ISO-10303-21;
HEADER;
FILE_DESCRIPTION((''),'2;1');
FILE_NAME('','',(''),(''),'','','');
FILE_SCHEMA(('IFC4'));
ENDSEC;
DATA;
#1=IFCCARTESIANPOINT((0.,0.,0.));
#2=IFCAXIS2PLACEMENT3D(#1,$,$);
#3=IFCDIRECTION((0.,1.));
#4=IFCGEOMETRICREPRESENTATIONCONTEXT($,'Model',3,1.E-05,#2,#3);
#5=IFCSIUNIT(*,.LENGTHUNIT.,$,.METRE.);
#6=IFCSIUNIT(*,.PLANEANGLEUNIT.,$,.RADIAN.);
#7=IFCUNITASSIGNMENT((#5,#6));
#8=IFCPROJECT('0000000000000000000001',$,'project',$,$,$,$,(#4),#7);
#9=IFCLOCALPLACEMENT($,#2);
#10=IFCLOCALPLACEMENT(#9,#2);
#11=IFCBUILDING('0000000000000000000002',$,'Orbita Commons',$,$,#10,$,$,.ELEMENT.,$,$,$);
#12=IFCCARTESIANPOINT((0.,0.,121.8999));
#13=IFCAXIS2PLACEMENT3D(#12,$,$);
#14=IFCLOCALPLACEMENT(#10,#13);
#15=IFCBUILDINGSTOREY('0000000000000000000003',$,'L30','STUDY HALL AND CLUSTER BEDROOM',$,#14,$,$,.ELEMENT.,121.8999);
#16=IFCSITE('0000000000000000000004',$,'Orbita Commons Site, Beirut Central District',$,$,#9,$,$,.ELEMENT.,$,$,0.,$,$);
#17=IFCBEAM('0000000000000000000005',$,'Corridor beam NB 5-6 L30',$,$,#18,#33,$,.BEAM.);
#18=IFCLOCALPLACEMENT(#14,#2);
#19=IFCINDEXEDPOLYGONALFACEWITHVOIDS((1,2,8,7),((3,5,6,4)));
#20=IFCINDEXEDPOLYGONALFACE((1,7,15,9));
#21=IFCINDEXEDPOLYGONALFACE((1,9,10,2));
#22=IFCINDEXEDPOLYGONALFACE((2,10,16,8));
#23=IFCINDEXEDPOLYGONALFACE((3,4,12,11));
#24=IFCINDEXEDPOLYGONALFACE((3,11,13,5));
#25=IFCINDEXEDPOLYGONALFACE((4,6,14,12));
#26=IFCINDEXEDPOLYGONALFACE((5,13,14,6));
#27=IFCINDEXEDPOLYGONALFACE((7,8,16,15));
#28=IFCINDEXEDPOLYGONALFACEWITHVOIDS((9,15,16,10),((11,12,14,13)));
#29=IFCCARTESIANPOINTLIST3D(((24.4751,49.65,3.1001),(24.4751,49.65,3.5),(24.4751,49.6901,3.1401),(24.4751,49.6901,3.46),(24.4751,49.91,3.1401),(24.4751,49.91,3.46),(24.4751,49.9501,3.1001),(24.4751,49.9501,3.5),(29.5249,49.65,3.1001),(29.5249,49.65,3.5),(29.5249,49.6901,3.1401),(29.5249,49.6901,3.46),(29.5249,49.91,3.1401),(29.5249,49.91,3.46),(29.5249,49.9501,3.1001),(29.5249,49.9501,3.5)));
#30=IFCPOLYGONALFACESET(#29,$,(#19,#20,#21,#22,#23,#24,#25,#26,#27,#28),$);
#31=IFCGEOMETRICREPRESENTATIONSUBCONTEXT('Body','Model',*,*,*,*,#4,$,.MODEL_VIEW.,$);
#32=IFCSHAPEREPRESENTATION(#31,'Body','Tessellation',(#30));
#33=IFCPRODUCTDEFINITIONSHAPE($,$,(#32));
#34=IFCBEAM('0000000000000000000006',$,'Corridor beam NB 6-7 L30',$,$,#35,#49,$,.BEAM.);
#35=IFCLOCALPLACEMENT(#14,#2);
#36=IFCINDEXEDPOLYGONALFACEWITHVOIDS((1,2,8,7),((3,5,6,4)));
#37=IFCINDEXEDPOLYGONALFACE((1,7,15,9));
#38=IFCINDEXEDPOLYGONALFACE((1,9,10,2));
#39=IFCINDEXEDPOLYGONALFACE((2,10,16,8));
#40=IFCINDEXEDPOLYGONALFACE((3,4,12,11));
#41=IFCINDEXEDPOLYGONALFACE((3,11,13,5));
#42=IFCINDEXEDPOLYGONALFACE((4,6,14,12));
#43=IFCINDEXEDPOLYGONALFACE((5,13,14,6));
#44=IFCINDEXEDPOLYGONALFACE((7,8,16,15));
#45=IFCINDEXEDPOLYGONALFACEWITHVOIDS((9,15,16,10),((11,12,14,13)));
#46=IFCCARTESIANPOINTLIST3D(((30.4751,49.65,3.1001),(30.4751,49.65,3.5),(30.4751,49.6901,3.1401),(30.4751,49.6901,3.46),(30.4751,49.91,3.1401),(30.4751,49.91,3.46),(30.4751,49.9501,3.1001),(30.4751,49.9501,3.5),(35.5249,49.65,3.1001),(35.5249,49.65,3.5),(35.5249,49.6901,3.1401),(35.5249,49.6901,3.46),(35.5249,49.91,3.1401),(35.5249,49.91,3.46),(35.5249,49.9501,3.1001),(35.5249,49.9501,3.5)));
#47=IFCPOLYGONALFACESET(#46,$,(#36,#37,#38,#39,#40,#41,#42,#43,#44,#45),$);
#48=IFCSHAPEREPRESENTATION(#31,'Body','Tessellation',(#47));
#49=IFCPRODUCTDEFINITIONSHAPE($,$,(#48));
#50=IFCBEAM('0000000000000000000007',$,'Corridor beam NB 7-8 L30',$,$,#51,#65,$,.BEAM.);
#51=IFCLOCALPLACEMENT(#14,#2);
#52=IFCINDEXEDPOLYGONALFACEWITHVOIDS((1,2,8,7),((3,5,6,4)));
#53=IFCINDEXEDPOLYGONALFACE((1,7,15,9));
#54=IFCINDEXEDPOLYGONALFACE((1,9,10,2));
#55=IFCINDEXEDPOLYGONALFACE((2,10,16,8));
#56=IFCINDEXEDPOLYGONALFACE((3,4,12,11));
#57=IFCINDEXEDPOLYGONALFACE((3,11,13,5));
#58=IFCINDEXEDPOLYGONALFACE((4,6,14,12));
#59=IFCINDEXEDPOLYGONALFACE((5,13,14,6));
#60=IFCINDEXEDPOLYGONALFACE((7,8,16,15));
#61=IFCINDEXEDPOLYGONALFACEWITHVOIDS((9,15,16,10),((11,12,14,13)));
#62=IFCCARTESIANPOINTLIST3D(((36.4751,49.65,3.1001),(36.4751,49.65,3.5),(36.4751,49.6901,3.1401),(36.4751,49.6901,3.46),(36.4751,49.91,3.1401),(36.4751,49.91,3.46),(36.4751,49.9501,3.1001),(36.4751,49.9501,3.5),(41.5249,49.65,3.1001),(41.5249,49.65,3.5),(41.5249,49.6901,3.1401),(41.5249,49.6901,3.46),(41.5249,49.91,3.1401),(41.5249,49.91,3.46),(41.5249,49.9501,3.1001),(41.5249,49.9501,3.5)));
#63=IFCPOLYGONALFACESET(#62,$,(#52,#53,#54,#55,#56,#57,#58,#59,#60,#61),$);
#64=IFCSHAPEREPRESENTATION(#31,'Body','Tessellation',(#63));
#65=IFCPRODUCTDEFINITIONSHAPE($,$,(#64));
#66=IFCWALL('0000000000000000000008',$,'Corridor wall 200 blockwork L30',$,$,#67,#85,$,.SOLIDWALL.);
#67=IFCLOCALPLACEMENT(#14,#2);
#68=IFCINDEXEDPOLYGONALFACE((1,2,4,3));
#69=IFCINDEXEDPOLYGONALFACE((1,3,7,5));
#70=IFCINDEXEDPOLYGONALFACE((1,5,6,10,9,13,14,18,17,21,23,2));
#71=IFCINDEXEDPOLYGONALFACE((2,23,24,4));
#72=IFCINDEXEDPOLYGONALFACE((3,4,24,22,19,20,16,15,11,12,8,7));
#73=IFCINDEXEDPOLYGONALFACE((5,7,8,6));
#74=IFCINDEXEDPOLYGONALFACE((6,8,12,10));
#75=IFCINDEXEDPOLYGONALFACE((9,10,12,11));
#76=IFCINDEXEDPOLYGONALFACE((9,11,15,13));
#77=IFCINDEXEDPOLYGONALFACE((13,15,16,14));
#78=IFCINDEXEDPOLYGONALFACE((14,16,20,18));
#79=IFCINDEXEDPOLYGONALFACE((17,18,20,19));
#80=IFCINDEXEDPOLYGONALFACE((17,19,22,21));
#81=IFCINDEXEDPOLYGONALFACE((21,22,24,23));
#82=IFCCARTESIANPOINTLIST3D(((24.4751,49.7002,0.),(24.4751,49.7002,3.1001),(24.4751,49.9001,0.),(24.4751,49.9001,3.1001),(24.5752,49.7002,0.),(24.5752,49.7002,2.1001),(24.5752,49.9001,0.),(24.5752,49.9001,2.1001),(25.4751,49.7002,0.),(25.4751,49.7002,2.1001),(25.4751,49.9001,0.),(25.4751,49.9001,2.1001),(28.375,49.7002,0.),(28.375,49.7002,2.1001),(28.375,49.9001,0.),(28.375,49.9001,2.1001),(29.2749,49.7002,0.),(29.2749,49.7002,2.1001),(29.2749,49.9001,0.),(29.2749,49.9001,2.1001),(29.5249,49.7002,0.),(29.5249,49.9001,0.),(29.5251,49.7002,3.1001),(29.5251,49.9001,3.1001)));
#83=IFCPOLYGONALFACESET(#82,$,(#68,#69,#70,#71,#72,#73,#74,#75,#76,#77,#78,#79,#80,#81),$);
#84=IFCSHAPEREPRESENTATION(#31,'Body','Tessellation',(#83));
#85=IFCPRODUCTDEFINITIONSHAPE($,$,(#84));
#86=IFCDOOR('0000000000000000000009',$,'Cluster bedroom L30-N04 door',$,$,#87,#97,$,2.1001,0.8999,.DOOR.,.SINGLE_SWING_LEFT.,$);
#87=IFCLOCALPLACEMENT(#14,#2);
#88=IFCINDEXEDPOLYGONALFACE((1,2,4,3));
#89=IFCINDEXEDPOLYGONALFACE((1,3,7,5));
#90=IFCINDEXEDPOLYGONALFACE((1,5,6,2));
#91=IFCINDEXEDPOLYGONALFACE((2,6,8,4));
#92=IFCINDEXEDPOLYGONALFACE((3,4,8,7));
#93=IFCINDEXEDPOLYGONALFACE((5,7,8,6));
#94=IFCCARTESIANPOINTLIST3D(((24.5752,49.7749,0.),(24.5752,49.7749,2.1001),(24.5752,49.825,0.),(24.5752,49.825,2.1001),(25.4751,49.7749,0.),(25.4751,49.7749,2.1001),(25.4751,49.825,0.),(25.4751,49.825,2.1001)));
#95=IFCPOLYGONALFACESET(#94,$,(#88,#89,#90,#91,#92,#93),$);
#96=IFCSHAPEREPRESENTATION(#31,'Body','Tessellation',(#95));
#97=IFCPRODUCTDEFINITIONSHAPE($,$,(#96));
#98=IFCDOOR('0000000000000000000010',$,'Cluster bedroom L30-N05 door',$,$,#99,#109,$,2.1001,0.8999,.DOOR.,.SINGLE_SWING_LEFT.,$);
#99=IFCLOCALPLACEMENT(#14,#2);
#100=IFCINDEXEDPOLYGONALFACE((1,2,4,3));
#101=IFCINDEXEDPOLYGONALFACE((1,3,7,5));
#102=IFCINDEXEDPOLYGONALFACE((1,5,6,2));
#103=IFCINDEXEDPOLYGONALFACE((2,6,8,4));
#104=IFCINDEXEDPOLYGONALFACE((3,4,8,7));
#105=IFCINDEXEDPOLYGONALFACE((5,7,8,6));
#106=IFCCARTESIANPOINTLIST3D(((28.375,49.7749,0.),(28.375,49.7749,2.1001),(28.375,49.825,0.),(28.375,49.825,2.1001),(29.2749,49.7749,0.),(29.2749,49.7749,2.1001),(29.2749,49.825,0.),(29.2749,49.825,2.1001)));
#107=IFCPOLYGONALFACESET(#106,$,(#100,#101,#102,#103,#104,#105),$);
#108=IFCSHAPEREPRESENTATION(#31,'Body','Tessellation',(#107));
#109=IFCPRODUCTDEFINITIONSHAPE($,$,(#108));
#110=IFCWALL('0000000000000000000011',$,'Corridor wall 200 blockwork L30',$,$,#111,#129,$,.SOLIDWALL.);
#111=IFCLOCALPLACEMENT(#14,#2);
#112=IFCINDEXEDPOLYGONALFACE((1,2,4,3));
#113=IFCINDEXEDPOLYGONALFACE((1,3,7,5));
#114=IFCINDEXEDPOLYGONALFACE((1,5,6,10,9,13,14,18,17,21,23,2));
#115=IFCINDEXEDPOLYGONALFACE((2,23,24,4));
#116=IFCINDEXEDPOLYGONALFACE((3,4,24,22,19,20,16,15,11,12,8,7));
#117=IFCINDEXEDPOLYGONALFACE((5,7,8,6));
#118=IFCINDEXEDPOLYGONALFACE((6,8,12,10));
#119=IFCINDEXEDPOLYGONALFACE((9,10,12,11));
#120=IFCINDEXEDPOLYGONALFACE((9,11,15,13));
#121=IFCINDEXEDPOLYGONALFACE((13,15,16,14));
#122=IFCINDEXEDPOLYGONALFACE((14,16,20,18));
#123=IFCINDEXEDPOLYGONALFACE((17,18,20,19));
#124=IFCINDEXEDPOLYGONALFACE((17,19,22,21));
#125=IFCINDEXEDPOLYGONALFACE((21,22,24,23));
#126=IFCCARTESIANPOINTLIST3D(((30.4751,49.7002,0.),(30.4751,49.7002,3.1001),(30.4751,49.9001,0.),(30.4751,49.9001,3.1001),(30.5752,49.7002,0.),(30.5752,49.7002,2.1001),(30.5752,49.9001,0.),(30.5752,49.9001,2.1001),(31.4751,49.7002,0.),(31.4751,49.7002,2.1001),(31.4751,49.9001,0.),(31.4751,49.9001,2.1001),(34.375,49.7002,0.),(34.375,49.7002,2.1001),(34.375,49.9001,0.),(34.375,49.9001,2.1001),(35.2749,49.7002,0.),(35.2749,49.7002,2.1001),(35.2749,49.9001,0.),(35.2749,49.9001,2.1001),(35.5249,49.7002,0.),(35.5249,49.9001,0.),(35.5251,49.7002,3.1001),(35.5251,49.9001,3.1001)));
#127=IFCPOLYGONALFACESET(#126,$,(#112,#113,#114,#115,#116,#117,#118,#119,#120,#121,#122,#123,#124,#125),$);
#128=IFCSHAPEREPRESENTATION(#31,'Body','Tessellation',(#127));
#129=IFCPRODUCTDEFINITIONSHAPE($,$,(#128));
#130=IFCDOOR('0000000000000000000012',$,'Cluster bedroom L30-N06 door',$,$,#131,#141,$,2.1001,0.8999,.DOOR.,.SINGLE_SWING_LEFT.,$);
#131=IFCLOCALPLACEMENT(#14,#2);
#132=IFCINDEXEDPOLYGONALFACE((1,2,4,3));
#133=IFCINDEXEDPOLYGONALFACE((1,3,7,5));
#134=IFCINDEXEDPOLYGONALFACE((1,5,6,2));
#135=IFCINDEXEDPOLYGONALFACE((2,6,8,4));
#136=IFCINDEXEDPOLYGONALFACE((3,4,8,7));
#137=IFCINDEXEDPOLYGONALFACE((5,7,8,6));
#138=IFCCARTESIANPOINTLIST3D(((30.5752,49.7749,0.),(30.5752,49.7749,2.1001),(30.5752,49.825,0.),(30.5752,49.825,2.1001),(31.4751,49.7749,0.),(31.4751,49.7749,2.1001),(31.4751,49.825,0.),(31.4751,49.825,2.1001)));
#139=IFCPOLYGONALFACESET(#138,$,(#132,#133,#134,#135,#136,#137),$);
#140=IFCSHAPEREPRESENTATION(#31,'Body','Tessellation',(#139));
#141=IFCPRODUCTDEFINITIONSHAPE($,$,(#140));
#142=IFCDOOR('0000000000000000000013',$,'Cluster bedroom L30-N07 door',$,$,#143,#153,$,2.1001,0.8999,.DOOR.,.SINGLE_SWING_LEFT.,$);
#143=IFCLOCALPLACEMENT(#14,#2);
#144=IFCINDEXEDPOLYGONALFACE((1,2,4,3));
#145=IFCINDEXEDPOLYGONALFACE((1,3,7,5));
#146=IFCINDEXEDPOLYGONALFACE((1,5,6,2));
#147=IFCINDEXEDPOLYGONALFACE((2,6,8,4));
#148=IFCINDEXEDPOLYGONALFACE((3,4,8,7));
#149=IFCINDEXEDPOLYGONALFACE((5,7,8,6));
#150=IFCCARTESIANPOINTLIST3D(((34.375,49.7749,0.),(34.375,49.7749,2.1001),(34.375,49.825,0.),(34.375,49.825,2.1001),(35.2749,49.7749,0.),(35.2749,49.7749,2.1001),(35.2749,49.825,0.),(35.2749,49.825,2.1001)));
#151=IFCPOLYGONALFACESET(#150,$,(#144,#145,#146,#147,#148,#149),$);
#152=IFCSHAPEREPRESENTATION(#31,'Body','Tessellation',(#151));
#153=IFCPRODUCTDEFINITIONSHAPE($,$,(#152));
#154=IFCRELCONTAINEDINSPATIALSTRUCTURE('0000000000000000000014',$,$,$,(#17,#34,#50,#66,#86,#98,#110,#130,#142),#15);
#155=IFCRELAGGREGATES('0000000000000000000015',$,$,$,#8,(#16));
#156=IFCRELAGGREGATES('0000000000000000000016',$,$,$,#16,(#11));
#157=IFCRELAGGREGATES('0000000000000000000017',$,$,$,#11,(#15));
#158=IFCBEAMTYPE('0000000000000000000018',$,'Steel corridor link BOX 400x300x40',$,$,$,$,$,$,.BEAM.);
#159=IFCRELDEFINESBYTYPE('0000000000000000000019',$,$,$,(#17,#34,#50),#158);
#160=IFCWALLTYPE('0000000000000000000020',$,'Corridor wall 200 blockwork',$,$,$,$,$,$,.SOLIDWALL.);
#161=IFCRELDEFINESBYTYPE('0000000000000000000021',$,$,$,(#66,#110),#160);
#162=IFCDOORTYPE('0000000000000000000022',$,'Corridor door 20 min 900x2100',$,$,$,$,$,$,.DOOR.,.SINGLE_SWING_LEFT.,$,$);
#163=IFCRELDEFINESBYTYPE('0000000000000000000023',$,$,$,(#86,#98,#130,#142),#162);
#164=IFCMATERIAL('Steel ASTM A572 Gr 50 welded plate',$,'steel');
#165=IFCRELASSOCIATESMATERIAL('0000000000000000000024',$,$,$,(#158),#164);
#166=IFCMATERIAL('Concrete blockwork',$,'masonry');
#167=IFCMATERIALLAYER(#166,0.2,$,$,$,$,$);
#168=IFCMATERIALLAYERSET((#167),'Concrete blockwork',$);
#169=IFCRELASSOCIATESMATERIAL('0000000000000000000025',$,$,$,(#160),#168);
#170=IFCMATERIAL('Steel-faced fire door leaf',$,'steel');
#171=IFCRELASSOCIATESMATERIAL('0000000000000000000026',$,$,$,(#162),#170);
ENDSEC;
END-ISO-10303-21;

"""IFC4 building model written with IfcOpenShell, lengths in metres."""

from ifc_helpers import new_model, si_unit, direction, frame, frame_2d, origin, origin_2d, place, context, subcontext, project, spatial, polyline, rectangle, hollow_rectangle, outline, extrude, material, layer, layer_set, material_profile, profile_set, type_object, element, fill, save


model = new_model("IFC4")

# Units and contexts
model_context = context("Model", 3, precision=1e-05, world=origin(), true_north=direction((0.0, 1.0)))
body_context = subcontext(model_context, "Body", "Model", "MODEL_VIEW")
ifc_project = project(units=[si_unit("LENGTHUNIT", "METRE"), si_unit("PLANEANGLEUNIT", "RADIAN")], contexts=[model_context])

# Site, building, storey
site_placement = place(None, origin())
site = spatial("IfcSite", under=ifc_project, at=site_placement, Name="Orbita Commons Site, Beirut Central District", CompositionType="ELEMENT", RefElevation=0.0)
building_placement = place(site_placement, origin())
building = spatial("IfcBuilding", under=site, at=building_placement, Name="Orbita Commons", CompositionType="ELEMENT")
storey_placement = place(building_placement, frame((0.0, 0.0, 121.8999)))
storey = spatial("IfcBuildingStorey", under=building, at=storey_placement, Name="L30", Description="STUDY HALL AND CLUSTER BEDROOM", CompositionType="ELEMENT", Elevation=121.8999)

# Beams
ifc_material_1 = material(Name="Steel ASTM A572 Gr 50 welded plate", Category="steel")
ifc_material_profile = material_profile(ifc_material_1, hollow_rectangle(XDim=0.3, YDim=0.3999, WallThickness=0.04, at=origin_2d()), Name="BOX 400x300x40")
ifc_profile_set = profile_set([ifc_material_profile], Name="Steel ASTM A572 Gr 50 welded plate")
beam_type = type_object("IfcBeamType", Name="Steel corridor link BOX 400x300x40", PredefinedType="BEAM", material=ifc_profile_set)
for number, where, z_axis, x_axis, name in (
    (1, (24.4751, 49.8, 3.3), (1.0, 0.0, 0.0), (0.0, 1.0, 0.0), "Corridor beam NB 5-6 L30"),
    (2, (30.4751, 49.8, 3.3), (1.0, 0.0, 0.0), (0.0, 1.0, 0.0), "Corridor beam NB 6-7 L30"),
    (3, (36.4751, 49.8, 3.3), (1.0, 0.0, 0.0), (0.0, 1.0, 0.0), "Corridor beam NB 7-8 L30"),
):
    element("IfcBeam", number, at=place(storey_placement, frame(where, z_axis=z_axis, x_axis=x_axis)), inside=storey, type_object=beam_type, Name=name, PredefinedType="BEAM", context=body_context, shape_type="SweptSolid", body=[
        extrude(hollow_rectangle(XDim=0.3, YDim=0.3999, WallThickness=0.04, at=origin_2d()), origin(), (0.0, 0.0, 1.0), 5.0498),
    ])

# Walls, openings, doors
ifc_material_2 = material(Name="Concrete blockwork", Category="masonry")
ifc_layer_1 = layer(ifc_material_2, 0.2)
ifc_layer_set_1 = layer_set([ifc_layer_1], Name="Concrete blockwork")
wall_type_1 = type_object("IfcWallType", Name="Corridor wall 200 blockwork", PredefinedType="SOLIDWALL", material=ifc_layer_set_1)
wall_1_placement = place(storey_placement, frame((24.4751, 49.8, 0.0), z_axis=(0.0, 0.0, 1.0), x_axis=(1.0, 0.0, 0.0)))
wall_1 = element("IfcWall", 4, at=wall_1_placement, inside=storey, type_object=wall_type_1, Name="Corridor wall 200 blockwork L30", PredefinedType="SOLIDWALL", context=body_context, shape_type="SweptSolid", body=[
    extrude(outline(polyline([(0.0, 0.0), (5.0498, 0.0), (5.05, 3.1001), (0.0, 3.1001), (0.0, 0.0)])), frame((0.0, 0.1001, 0.0), z_axis=(0.0, -1.0, 0.0), x_axis=(1.0, 0.0, 0.0)), (0.0, 0.0, 1.0), 0.2),
])
opening_1_placement = place(wall_1_placement, frame((0.1001, 0.0, 0.0)))
opening_1 = element("IfcOpeningElement", 5, at=opening_1_placement, cuts=wall_1, PredefinedType="OPENING", context=body_context, shape_type="SweptSolid", body=[
    extrude(rectangle(XDim=0.8999, YDim=2.1001, at=frame_2d((0.45, 1.05))), frame((0.0, 0.1099, 0.0), z_axis=(0.0, -1.0, 0.0), x_axis=(1.0, 0.0, 0.0)), (0.0, 0.0, 1.0), 0.22),
])
opening_2_placement = place(wall_1_placement, frame((3.8999, 0.0, 0.0)))
opening_2 = element("IfcOpeningElement", 6, at=opening_2_placement, cuts=wall_1, PredefinedType="OPENING", context=body_context, shape_type="SweptSolid", body=[
    extrude(rectangle(XDim=0.8999, YDim=2.1001, at=frame_2d((0.45, 1.05))), frame((0.0, 0.1099, 0.0), z_axis=(0.0, -1.0, 0.0), x_axis=(1.0, 0.0, 0.0)), (0.0, 0.0, 1.0), 0.22),
])
ifc_material_3 = material(Name="Steel-faced fire door leaf", Category="steel")
door_type_1 = type_object("IfcDoorType", Name="Corridor door 20 min 900x2100", OperationType="SINGLE_SWING_LEFT", PredefinedType="DOOR", material=ifc_material_3)
door_1_placement = place(opening_1_placement, origin())
door_1 = element("IfcDoor", 7, at=door_1_placement, inside=storey, type_object=door_type_1, Name="Cluster bedroom L30-N04 door", OperationType="SINGLE_SWING_LEFT", OverallHeight=2.1001, OverallWidth=0.8999, PredefinedType="DOOR", context=body_context, shape_type="SweptSolid", body=[
    extrude(rectangle(XDim=0.8999, YDim=2.1001, at=frame_2d((0.45, 1.05))), frame((0.0, 0.0249, 0.0), z_axis=(0.0, -1.0, 0.0), x_axis=(1.0, 0.0, 0.0)), (0.0, 0.0, 1.0), 0.05),
])
fill(opening_1, door_1)
door_2_placement = place(opening_2_placement, origin())
door_2 = element("IfcDoor", 8, at=door_2_placement, inside=storey, type_object=door_type_1, Name="Cluster bedroom L30-N05 door", OperationType="SINGLE_SWING_LEFT", OverallHeight=2.1001, OverallWidth=0.8999, PredefinedType="DOOR", context=body_context, shape_type="SweptSolid", body=[
    extrude(rectangle(XDim=0.8999, YDim=2.1001, at=frame_2d((0.45, 1.05))), frame((0.0, 0.0249, 0.0), z_axis=(0.0, -1.0, 0.0), x_axis=(1.0, 0.0, 0.0)), (0.0, 0.0, 1.0), 0.05),
])
fill(opening_2, door_2)
wall_2_placement = place(storey_placement, frame((30.4751, 49.8, 0.0), z_axis=(0.0, 0.0, 1.0), x_axis=(1.0, 0.0, 0.0)))
wall_2 = element("IfcWall", 9, at=wall_2_placement, inside=storey, type_object=wall_type_1, Name="Corridor wall 200 blockwork L30", PredefinedType="SOLIDWALL", context=body_context, shape_type="SweptSolid", body=[
    extrude(outline(polyline([(0.0, 0.0), (5.0498, 0.0), (5.05, 3.1001), (0.0, 3.1001), (0.0, 0.0)])), frame((0.0, 0.1001, 0.0), z_axis=(0.0, -1.0, 0.0), x_axis=(1.0, 0.0, 0.0)), (0.0, 0.0, 1.0), 0.2),
])
opening_3_placement = place(wall_2_placement, frame((0.1001, 0.0, 0.0)))
opening_3 = element("IfcOpeningElement", 10, at=opening_3_placement, cuts=wall_2, PredefinedType="OPENING", context=body_context, shape_type="SweptSolid", body=[
    extrude(rectangle(XDim=0.8999, YDim=2.1001, at=frame_2d((0.45, 1.05))), frame((0.0, 0.1099, 0.0), z_axis=(0.0, -1.0, 0.0), x_axis=(1.0, 0.0, 0.0)), (0.0, 0.0, 1.0), 0.22),
])
opening_4_placement = place(wall_2_placement, frame((3.8999, 0.0, 0.0)))
opening_4 = element("IfcOpeningElement", 11, at=opening_4_placement, cuts=wall_2, PredefinedType="OPENING", context=body_context, shape_type="SweptSolid", body=[
    extrude(rectangle(XDim=0.8999, YDim=2.1001, at=frame_2d((0.45, 1.05))), frame((0.0, 0.1099, 0.0), z_axis=(0.0, -1.0, 0.0), x_axis=(1.0, 0.0, 0.0)), (0.0, 0.0, 1.0), 0.22),
])
door_3_placement = place(opening_3_placement, origin())
door_3 = element("IfcDoor", 12, at=door_3_placement, inside=storey, type_object=door_type_1, Name="Cluster bedroom L30-N06 door", OperationType="SINGLE_SWING_LEFT", OverallHeight=2.1001, OverallWidth=0.8999, PredefinedType="DOOR", context=body_context, shape_type="SweptSolid", body=[
    extrude(rectangle(XDim=0.8999, YDim=2.1001, at=frame_2d((0.45, 1.05))), frame((0.0, 0.0249, 0.0), z_axis=(0.0, -1.0, 0.0), x_axis=(1.0, 0.0, 0.0)), (0.0, 0.0, 1.0), 0.05),
])
fill(opening_3, door_3)
door_4_placement = place(opening_4_placement, origin())
door_4 = element("IfcDoor", 13, at=door_4_placement, inside=storey, type_object=door_type_1, Name="Cluster bedroom L30-N07 door", OperationType="SINGLE_SWING_LEFT", OverallHeight=2.1001, OverallWidth=0.8999, PredefinedType="DOOR", context=body_context, shape_type="SweptSolid", body=[
    extrude(rectangle(XDim=0.8999, YDim=2.1001, at=frame_2d((0.45, 1.05))), frame((0.0, 0.0249, 0.0), z_axis=(0.0, -1.0, 0.0), x_axis=(1.0, 0.0, 0.0)), (0.0, 0.0, 1.0), 0.05),
])
fill(opening_4, door_4)

save(model, "model.ifc")
